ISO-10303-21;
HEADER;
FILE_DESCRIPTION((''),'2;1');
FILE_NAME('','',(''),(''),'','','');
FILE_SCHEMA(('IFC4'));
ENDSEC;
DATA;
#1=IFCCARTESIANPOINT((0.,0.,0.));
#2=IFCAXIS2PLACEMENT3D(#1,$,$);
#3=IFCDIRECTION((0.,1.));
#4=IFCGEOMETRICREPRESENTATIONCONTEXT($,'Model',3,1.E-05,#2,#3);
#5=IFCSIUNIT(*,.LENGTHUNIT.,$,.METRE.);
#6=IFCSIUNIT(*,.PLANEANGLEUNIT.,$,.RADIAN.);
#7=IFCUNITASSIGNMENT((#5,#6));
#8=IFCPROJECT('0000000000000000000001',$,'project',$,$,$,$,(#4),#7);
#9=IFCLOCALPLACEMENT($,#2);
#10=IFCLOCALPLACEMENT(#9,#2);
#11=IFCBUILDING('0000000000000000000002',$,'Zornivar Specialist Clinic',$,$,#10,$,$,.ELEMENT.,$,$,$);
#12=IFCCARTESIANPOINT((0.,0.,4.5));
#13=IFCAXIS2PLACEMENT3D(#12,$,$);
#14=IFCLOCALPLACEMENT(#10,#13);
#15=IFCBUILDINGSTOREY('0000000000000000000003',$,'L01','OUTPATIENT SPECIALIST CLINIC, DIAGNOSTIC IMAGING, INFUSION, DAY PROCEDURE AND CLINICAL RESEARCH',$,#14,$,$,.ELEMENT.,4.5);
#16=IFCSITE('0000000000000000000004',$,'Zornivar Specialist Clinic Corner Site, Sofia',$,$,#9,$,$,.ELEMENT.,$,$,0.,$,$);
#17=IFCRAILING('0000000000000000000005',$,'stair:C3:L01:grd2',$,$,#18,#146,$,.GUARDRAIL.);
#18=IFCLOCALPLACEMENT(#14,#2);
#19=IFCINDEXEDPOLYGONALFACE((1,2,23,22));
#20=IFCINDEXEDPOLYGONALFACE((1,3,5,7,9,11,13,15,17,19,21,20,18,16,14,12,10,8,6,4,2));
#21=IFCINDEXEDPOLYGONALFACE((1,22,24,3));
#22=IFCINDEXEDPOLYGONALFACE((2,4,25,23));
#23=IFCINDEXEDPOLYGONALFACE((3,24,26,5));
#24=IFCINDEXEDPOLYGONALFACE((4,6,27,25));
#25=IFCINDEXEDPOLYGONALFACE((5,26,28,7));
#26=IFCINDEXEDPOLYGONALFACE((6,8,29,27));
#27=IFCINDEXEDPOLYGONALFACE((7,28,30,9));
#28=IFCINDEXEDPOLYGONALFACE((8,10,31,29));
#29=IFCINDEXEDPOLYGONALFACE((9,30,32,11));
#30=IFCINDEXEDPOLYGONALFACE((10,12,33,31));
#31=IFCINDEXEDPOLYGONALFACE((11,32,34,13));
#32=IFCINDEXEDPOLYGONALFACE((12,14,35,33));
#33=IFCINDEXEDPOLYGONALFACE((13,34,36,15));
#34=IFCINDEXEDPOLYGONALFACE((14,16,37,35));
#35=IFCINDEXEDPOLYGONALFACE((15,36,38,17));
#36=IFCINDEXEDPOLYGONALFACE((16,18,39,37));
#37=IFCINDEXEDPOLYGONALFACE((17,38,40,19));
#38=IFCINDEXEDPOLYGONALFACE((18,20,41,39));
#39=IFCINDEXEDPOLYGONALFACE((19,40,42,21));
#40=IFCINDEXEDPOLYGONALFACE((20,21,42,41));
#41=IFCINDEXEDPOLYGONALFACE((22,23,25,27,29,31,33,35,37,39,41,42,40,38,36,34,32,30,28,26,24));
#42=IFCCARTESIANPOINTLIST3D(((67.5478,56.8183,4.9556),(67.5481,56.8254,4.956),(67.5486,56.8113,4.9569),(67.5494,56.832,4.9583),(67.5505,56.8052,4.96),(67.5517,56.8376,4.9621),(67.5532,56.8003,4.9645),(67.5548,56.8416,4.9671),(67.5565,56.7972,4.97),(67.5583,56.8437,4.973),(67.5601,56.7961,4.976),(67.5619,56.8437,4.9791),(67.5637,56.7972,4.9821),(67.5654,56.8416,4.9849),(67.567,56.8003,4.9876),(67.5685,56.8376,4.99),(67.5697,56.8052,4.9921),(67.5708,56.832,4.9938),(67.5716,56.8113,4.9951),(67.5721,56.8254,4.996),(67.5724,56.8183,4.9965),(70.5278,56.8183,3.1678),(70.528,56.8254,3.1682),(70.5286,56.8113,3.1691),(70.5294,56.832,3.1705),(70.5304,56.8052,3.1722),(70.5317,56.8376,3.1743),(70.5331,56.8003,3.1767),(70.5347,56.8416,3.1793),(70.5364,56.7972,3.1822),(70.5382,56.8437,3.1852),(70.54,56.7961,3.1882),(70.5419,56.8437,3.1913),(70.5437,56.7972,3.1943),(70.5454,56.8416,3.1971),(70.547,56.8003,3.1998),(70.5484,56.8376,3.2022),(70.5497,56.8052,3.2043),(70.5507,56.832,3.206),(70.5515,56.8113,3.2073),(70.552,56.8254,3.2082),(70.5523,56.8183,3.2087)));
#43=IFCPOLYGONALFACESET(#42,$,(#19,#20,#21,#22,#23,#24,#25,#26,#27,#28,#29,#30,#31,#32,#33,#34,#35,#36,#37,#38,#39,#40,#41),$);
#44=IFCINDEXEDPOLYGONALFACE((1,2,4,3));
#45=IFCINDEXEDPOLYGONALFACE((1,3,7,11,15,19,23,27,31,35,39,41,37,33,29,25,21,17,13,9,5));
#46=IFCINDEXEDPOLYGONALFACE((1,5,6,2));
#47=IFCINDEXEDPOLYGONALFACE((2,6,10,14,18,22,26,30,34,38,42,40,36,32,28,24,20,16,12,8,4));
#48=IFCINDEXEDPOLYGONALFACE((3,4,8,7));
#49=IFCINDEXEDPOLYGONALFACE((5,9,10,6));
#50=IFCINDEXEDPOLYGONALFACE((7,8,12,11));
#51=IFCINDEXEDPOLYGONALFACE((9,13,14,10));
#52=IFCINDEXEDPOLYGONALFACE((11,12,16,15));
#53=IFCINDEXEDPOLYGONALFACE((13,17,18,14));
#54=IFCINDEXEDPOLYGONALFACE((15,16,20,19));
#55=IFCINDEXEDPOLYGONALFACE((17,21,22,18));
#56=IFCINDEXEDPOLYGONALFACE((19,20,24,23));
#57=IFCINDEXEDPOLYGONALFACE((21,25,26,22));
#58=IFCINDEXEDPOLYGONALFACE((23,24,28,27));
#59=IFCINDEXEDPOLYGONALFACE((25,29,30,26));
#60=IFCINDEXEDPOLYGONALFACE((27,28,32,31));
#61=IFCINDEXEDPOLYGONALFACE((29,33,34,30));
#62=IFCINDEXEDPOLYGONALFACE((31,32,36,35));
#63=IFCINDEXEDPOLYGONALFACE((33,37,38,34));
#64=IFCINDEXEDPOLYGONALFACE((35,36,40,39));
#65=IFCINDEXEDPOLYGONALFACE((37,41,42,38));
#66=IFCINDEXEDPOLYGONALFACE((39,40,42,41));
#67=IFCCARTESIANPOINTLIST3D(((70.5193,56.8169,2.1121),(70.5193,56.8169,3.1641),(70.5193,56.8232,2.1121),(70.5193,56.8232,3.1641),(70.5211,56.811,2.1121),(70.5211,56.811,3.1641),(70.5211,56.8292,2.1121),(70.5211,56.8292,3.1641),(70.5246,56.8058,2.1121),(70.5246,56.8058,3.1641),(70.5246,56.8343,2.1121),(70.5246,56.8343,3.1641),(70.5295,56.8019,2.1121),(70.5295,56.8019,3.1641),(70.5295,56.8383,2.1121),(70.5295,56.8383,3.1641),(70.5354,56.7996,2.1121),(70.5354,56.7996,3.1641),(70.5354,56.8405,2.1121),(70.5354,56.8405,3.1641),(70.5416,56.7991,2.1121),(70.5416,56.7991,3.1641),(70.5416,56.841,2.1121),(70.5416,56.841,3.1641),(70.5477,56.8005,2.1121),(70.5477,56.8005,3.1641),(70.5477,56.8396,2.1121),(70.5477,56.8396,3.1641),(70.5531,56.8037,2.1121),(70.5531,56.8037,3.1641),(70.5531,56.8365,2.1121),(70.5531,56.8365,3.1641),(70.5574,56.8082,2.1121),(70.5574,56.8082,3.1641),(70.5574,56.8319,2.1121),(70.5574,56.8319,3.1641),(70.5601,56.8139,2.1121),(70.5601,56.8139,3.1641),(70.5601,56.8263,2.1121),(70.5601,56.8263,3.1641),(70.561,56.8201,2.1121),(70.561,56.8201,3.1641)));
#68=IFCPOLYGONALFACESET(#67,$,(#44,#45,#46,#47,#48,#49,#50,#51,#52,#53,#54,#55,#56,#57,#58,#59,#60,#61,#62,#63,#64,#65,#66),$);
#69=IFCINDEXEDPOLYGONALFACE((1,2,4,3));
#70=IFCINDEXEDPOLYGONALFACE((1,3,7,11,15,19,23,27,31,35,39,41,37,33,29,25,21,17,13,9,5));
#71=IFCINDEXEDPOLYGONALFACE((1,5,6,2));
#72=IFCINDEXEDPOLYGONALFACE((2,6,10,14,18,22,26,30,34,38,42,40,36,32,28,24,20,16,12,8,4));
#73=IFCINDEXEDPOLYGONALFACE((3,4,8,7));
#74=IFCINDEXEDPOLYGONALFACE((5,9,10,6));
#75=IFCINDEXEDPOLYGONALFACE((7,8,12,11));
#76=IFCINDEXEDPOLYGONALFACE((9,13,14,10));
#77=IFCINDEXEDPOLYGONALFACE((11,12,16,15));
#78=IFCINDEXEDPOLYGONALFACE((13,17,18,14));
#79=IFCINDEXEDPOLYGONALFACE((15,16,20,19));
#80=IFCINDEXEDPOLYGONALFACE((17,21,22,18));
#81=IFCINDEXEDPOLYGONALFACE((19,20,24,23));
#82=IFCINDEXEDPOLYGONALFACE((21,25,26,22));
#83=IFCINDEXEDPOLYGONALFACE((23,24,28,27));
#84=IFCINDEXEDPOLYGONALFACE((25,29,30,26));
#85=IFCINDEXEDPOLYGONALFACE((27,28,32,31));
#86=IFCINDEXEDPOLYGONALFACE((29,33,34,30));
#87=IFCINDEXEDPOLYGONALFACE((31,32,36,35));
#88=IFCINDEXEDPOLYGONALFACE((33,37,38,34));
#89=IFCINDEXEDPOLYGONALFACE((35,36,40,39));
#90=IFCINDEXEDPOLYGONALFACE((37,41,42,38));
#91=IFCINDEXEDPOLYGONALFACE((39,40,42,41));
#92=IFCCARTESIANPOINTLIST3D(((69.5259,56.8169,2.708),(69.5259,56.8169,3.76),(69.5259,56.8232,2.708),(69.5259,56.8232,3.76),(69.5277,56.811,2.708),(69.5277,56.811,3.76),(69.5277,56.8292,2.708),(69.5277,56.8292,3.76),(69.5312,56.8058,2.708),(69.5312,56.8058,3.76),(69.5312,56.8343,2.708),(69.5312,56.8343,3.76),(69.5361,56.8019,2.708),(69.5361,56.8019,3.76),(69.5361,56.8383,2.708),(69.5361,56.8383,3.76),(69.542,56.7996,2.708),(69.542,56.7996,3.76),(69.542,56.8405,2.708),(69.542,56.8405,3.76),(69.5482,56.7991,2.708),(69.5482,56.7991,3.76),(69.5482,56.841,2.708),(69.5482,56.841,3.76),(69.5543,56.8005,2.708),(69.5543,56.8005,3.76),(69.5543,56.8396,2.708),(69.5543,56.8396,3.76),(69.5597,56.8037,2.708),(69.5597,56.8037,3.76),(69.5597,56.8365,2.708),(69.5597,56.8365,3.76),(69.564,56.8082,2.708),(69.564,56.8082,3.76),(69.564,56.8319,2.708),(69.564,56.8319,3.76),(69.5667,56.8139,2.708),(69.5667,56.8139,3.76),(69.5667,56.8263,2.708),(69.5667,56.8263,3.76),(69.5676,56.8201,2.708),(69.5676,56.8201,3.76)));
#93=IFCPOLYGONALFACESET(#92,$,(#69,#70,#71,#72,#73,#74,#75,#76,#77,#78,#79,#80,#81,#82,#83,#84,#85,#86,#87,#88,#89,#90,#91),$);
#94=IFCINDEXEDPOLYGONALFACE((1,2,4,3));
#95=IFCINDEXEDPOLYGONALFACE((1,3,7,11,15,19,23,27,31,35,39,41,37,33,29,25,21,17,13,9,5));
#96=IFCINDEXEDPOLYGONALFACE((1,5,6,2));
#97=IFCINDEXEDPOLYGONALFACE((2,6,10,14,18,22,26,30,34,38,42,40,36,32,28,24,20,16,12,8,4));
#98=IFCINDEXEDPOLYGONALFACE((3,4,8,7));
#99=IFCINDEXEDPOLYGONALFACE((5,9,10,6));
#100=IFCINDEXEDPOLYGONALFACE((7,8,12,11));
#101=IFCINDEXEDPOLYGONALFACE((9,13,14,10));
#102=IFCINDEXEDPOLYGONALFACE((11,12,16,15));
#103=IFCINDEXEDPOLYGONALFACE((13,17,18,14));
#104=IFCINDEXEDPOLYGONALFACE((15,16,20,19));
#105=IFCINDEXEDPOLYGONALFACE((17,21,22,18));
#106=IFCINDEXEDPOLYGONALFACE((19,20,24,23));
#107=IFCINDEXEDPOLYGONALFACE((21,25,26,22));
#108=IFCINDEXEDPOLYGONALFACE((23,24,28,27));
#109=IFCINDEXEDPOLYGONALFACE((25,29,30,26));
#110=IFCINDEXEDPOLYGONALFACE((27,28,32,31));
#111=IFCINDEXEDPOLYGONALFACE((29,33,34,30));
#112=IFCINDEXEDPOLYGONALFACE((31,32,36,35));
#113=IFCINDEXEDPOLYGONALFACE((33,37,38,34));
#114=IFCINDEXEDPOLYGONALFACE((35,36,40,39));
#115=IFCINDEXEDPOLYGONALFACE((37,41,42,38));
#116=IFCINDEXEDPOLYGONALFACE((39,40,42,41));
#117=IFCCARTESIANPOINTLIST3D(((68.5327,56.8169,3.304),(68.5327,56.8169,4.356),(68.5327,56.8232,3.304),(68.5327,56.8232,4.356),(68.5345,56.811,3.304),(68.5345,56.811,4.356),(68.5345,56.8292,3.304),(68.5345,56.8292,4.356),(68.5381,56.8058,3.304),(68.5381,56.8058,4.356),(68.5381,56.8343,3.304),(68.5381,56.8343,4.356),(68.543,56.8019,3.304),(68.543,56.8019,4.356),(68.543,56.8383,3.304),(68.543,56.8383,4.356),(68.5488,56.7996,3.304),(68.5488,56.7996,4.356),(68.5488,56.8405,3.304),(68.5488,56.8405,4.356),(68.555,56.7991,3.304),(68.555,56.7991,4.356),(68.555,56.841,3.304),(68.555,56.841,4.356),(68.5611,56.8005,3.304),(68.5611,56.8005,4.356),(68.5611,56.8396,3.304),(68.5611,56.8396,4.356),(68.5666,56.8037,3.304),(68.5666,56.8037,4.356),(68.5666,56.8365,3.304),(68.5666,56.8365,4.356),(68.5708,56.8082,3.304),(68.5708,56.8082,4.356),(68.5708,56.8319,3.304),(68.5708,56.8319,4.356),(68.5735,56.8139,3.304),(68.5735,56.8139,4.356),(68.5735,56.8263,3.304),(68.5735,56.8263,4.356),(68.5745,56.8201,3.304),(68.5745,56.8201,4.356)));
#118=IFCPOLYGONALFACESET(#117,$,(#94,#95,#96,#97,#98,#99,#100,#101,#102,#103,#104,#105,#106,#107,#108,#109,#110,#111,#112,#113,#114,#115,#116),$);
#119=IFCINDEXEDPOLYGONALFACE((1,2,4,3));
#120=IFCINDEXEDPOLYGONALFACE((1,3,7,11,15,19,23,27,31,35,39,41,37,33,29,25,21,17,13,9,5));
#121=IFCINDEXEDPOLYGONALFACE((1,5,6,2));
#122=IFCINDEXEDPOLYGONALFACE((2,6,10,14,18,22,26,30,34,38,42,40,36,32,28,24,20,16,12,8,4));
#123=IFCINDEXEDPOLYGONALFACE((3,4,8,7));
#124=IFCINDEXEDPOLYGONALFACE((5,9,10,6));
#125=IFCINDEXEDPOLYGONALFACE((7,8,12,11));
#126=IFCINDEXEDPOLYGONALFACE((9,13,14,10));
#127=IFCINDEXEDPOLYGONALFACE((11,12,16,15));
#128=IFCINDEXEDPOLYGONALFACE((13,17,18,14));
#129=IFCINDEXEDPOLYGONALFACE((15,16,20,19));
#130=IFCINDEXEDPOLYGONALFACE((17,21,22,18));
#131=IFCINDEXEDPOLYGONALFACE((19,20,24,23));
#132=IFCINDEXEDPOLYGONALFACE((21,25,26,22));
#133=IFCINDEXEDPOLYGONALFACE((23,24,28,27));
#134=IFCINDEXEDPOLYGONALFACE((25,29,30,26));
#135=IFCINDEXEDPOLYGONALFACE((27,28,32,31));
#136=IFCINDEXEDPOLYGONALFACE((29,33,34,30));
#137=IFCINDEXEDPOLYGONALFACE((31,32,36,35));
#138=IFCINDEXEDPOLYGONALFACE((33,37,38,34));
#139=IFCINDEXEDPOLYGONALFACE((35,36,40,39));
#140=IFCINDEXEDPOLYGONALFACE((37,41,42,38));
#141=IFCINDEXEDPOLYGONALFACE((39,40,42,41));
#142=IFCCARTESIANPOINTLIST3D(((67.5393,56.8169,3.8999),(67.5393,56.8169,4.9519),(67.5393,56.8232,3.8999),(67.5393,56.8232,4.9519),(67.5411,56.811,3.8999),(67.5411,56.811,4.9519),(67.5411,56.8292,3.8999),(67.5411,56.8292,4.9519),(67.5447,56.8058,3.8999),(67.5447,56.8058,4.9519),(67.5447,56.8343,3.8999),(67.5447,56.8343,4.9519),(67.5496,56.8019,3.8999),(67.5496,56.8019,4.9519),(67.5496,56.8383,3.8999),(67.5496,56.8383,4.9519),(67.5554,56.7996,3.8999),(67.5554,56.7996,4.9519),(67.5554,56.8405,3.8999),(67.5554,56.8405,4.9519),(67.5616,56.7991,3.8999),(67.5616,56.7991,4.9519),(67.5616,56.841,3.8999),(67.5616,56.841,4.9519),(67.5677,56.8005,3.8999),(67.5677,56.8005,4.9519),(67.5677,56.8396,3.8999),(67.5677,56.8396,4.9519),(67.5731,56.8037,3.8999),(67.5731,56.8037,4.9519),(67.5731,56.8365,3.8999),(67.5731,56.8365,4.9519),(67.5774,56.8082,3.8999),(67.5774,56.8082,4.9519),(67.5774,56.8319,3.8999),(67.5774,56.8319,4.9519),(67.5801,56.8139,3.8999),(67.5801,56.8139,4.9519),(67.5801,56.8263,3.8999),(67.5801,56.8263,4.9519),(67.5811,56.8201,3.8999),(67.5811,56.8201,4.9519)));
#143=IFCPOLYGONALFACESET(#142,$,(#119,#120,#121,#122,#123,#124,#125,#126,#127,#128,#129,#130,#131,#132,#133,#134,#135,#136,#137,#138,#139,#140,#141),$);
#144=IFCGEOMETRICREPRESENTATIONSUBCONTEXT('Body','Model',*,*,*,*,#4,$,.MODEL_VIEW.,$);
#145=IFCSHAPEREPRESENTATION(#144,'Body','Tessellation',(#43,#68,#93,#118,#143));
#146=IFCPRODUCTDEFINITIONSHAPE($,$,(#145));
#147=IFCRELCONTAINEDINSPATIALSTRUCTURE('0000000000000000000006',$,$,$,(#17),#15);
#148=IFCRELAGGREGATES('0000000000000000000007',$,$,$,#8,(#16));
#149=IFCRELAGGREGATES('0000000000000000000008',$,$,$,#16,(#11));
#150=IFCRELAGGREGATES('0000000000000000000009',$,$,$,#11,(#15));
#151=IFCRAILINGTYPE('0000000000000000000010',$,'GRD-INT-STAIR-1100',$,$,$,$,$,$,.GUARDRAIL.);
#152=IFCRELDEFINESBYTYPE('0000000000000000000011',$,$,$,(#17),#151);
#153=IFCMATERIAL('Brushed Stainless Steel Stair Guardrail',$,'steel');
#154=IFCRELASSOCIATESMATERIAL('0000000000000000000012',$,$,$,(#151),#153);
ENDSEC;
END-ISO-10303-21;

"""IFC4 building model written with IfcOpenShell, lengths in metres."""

from ifc_helpers import new_model, si_unit, direction, frame, origin, origin_2d, place, context, subcontext, project, spatial, circle, extrude, material, type_object, element, save


model = new_model("IFC4")

# Units and contexts
model_context = context("Model", 3, precision=1e-05, world=origin(), true_north=direction((0.0, 1.0)))
body_context = subcontext(model_context, "Body", "Model", "MODEL_VIEW")
ifc_project = project(units=[si_unit("LENGTHUNIT", "METRE"), si_unit("PLANEANGLEUNIT", "RADIAN")], contexts=[model_context])

# Site, building, storey
site_placement = place(None, origin())
site = spatial("IfcSite", under=ifc_project, at=site_placement, Name="Zornivar Specialist Clinic Corner Site, Sofia", CompositionType="ELEMENT", RefElevation=0.0)
building_placement = place(site_placement, origin())
building = spatial("IfcBuilding", under=site, at=building_placement, Name="Zornivar Specialist Clinic", CompositionType="ELEMENT")
storey_placement = place(building_placement, frame((0.0, 0.0, 4.5)))
storey = spatial("IfcBuildingStorey", under=building, at=storey_placement, Name="L01", Description="OUTPATIENT SPECIALIST CLINIC, DIAGNOSTIC IMAGING, INFUSION, DAY PROCEDURE AND CLINICAL RESEARCH", CompositionType="ELEMENT", Elevation=4.5)

# Railing
ifc_material_1 = material(Name="Brushed Stainless Steel Stair Guardrail", Category="steel")
railing_type_1 = type_object("IfcRailingType", Name="GRD-INT-STAIR-1100", PredefinedType="GUARDRAIL", material=ifc_material_1)
railing_1_placement = place(storey_placement, frame((70.54, 56.8201, 2.1121)))
element("IfcRailing", 1, at=railing_1_placement, inside=storey, type_object=railing_type_1, Name="stair:C3:L01:grd2", PredefinedType="GUARDRAIL", context=body_context, shape_type="SweptSolid", body=[
    extrude(circle(Radius=0.0239, at=origin_2d()), frame((0.0, 0.0, 1.0762), z_axis=(-0.857512, 0.0, 0.514465), x_axis=(0.0, -1.0, 0.0)), (0.0, 0.0, 1.0), 3.4751),
    extrude(circle(Radius=0.021, at=origin_2d()), origin(), (0.0, 0.0, 1.0), 1.052),
    extrude(circle(Radius=0.021, at=origin_2d()), frame((-0.9934, 0.0, 0.5959)), (0.0, 0.0, 1.0), 1.052),
    extrude(circle(Radius=0.021, at=origin_2d()), frame((-1.9866, 0.0, 1.1919)), (0.0, 0.0, 1.0), 1.052),
    extrude(circle(Radius=0.021, at=origin_2d()), frame((-2.98, 0.0, 1.7878)), (0.0, 0.0, 1.0), 1.052),
])

save(model, "model.ifc")
